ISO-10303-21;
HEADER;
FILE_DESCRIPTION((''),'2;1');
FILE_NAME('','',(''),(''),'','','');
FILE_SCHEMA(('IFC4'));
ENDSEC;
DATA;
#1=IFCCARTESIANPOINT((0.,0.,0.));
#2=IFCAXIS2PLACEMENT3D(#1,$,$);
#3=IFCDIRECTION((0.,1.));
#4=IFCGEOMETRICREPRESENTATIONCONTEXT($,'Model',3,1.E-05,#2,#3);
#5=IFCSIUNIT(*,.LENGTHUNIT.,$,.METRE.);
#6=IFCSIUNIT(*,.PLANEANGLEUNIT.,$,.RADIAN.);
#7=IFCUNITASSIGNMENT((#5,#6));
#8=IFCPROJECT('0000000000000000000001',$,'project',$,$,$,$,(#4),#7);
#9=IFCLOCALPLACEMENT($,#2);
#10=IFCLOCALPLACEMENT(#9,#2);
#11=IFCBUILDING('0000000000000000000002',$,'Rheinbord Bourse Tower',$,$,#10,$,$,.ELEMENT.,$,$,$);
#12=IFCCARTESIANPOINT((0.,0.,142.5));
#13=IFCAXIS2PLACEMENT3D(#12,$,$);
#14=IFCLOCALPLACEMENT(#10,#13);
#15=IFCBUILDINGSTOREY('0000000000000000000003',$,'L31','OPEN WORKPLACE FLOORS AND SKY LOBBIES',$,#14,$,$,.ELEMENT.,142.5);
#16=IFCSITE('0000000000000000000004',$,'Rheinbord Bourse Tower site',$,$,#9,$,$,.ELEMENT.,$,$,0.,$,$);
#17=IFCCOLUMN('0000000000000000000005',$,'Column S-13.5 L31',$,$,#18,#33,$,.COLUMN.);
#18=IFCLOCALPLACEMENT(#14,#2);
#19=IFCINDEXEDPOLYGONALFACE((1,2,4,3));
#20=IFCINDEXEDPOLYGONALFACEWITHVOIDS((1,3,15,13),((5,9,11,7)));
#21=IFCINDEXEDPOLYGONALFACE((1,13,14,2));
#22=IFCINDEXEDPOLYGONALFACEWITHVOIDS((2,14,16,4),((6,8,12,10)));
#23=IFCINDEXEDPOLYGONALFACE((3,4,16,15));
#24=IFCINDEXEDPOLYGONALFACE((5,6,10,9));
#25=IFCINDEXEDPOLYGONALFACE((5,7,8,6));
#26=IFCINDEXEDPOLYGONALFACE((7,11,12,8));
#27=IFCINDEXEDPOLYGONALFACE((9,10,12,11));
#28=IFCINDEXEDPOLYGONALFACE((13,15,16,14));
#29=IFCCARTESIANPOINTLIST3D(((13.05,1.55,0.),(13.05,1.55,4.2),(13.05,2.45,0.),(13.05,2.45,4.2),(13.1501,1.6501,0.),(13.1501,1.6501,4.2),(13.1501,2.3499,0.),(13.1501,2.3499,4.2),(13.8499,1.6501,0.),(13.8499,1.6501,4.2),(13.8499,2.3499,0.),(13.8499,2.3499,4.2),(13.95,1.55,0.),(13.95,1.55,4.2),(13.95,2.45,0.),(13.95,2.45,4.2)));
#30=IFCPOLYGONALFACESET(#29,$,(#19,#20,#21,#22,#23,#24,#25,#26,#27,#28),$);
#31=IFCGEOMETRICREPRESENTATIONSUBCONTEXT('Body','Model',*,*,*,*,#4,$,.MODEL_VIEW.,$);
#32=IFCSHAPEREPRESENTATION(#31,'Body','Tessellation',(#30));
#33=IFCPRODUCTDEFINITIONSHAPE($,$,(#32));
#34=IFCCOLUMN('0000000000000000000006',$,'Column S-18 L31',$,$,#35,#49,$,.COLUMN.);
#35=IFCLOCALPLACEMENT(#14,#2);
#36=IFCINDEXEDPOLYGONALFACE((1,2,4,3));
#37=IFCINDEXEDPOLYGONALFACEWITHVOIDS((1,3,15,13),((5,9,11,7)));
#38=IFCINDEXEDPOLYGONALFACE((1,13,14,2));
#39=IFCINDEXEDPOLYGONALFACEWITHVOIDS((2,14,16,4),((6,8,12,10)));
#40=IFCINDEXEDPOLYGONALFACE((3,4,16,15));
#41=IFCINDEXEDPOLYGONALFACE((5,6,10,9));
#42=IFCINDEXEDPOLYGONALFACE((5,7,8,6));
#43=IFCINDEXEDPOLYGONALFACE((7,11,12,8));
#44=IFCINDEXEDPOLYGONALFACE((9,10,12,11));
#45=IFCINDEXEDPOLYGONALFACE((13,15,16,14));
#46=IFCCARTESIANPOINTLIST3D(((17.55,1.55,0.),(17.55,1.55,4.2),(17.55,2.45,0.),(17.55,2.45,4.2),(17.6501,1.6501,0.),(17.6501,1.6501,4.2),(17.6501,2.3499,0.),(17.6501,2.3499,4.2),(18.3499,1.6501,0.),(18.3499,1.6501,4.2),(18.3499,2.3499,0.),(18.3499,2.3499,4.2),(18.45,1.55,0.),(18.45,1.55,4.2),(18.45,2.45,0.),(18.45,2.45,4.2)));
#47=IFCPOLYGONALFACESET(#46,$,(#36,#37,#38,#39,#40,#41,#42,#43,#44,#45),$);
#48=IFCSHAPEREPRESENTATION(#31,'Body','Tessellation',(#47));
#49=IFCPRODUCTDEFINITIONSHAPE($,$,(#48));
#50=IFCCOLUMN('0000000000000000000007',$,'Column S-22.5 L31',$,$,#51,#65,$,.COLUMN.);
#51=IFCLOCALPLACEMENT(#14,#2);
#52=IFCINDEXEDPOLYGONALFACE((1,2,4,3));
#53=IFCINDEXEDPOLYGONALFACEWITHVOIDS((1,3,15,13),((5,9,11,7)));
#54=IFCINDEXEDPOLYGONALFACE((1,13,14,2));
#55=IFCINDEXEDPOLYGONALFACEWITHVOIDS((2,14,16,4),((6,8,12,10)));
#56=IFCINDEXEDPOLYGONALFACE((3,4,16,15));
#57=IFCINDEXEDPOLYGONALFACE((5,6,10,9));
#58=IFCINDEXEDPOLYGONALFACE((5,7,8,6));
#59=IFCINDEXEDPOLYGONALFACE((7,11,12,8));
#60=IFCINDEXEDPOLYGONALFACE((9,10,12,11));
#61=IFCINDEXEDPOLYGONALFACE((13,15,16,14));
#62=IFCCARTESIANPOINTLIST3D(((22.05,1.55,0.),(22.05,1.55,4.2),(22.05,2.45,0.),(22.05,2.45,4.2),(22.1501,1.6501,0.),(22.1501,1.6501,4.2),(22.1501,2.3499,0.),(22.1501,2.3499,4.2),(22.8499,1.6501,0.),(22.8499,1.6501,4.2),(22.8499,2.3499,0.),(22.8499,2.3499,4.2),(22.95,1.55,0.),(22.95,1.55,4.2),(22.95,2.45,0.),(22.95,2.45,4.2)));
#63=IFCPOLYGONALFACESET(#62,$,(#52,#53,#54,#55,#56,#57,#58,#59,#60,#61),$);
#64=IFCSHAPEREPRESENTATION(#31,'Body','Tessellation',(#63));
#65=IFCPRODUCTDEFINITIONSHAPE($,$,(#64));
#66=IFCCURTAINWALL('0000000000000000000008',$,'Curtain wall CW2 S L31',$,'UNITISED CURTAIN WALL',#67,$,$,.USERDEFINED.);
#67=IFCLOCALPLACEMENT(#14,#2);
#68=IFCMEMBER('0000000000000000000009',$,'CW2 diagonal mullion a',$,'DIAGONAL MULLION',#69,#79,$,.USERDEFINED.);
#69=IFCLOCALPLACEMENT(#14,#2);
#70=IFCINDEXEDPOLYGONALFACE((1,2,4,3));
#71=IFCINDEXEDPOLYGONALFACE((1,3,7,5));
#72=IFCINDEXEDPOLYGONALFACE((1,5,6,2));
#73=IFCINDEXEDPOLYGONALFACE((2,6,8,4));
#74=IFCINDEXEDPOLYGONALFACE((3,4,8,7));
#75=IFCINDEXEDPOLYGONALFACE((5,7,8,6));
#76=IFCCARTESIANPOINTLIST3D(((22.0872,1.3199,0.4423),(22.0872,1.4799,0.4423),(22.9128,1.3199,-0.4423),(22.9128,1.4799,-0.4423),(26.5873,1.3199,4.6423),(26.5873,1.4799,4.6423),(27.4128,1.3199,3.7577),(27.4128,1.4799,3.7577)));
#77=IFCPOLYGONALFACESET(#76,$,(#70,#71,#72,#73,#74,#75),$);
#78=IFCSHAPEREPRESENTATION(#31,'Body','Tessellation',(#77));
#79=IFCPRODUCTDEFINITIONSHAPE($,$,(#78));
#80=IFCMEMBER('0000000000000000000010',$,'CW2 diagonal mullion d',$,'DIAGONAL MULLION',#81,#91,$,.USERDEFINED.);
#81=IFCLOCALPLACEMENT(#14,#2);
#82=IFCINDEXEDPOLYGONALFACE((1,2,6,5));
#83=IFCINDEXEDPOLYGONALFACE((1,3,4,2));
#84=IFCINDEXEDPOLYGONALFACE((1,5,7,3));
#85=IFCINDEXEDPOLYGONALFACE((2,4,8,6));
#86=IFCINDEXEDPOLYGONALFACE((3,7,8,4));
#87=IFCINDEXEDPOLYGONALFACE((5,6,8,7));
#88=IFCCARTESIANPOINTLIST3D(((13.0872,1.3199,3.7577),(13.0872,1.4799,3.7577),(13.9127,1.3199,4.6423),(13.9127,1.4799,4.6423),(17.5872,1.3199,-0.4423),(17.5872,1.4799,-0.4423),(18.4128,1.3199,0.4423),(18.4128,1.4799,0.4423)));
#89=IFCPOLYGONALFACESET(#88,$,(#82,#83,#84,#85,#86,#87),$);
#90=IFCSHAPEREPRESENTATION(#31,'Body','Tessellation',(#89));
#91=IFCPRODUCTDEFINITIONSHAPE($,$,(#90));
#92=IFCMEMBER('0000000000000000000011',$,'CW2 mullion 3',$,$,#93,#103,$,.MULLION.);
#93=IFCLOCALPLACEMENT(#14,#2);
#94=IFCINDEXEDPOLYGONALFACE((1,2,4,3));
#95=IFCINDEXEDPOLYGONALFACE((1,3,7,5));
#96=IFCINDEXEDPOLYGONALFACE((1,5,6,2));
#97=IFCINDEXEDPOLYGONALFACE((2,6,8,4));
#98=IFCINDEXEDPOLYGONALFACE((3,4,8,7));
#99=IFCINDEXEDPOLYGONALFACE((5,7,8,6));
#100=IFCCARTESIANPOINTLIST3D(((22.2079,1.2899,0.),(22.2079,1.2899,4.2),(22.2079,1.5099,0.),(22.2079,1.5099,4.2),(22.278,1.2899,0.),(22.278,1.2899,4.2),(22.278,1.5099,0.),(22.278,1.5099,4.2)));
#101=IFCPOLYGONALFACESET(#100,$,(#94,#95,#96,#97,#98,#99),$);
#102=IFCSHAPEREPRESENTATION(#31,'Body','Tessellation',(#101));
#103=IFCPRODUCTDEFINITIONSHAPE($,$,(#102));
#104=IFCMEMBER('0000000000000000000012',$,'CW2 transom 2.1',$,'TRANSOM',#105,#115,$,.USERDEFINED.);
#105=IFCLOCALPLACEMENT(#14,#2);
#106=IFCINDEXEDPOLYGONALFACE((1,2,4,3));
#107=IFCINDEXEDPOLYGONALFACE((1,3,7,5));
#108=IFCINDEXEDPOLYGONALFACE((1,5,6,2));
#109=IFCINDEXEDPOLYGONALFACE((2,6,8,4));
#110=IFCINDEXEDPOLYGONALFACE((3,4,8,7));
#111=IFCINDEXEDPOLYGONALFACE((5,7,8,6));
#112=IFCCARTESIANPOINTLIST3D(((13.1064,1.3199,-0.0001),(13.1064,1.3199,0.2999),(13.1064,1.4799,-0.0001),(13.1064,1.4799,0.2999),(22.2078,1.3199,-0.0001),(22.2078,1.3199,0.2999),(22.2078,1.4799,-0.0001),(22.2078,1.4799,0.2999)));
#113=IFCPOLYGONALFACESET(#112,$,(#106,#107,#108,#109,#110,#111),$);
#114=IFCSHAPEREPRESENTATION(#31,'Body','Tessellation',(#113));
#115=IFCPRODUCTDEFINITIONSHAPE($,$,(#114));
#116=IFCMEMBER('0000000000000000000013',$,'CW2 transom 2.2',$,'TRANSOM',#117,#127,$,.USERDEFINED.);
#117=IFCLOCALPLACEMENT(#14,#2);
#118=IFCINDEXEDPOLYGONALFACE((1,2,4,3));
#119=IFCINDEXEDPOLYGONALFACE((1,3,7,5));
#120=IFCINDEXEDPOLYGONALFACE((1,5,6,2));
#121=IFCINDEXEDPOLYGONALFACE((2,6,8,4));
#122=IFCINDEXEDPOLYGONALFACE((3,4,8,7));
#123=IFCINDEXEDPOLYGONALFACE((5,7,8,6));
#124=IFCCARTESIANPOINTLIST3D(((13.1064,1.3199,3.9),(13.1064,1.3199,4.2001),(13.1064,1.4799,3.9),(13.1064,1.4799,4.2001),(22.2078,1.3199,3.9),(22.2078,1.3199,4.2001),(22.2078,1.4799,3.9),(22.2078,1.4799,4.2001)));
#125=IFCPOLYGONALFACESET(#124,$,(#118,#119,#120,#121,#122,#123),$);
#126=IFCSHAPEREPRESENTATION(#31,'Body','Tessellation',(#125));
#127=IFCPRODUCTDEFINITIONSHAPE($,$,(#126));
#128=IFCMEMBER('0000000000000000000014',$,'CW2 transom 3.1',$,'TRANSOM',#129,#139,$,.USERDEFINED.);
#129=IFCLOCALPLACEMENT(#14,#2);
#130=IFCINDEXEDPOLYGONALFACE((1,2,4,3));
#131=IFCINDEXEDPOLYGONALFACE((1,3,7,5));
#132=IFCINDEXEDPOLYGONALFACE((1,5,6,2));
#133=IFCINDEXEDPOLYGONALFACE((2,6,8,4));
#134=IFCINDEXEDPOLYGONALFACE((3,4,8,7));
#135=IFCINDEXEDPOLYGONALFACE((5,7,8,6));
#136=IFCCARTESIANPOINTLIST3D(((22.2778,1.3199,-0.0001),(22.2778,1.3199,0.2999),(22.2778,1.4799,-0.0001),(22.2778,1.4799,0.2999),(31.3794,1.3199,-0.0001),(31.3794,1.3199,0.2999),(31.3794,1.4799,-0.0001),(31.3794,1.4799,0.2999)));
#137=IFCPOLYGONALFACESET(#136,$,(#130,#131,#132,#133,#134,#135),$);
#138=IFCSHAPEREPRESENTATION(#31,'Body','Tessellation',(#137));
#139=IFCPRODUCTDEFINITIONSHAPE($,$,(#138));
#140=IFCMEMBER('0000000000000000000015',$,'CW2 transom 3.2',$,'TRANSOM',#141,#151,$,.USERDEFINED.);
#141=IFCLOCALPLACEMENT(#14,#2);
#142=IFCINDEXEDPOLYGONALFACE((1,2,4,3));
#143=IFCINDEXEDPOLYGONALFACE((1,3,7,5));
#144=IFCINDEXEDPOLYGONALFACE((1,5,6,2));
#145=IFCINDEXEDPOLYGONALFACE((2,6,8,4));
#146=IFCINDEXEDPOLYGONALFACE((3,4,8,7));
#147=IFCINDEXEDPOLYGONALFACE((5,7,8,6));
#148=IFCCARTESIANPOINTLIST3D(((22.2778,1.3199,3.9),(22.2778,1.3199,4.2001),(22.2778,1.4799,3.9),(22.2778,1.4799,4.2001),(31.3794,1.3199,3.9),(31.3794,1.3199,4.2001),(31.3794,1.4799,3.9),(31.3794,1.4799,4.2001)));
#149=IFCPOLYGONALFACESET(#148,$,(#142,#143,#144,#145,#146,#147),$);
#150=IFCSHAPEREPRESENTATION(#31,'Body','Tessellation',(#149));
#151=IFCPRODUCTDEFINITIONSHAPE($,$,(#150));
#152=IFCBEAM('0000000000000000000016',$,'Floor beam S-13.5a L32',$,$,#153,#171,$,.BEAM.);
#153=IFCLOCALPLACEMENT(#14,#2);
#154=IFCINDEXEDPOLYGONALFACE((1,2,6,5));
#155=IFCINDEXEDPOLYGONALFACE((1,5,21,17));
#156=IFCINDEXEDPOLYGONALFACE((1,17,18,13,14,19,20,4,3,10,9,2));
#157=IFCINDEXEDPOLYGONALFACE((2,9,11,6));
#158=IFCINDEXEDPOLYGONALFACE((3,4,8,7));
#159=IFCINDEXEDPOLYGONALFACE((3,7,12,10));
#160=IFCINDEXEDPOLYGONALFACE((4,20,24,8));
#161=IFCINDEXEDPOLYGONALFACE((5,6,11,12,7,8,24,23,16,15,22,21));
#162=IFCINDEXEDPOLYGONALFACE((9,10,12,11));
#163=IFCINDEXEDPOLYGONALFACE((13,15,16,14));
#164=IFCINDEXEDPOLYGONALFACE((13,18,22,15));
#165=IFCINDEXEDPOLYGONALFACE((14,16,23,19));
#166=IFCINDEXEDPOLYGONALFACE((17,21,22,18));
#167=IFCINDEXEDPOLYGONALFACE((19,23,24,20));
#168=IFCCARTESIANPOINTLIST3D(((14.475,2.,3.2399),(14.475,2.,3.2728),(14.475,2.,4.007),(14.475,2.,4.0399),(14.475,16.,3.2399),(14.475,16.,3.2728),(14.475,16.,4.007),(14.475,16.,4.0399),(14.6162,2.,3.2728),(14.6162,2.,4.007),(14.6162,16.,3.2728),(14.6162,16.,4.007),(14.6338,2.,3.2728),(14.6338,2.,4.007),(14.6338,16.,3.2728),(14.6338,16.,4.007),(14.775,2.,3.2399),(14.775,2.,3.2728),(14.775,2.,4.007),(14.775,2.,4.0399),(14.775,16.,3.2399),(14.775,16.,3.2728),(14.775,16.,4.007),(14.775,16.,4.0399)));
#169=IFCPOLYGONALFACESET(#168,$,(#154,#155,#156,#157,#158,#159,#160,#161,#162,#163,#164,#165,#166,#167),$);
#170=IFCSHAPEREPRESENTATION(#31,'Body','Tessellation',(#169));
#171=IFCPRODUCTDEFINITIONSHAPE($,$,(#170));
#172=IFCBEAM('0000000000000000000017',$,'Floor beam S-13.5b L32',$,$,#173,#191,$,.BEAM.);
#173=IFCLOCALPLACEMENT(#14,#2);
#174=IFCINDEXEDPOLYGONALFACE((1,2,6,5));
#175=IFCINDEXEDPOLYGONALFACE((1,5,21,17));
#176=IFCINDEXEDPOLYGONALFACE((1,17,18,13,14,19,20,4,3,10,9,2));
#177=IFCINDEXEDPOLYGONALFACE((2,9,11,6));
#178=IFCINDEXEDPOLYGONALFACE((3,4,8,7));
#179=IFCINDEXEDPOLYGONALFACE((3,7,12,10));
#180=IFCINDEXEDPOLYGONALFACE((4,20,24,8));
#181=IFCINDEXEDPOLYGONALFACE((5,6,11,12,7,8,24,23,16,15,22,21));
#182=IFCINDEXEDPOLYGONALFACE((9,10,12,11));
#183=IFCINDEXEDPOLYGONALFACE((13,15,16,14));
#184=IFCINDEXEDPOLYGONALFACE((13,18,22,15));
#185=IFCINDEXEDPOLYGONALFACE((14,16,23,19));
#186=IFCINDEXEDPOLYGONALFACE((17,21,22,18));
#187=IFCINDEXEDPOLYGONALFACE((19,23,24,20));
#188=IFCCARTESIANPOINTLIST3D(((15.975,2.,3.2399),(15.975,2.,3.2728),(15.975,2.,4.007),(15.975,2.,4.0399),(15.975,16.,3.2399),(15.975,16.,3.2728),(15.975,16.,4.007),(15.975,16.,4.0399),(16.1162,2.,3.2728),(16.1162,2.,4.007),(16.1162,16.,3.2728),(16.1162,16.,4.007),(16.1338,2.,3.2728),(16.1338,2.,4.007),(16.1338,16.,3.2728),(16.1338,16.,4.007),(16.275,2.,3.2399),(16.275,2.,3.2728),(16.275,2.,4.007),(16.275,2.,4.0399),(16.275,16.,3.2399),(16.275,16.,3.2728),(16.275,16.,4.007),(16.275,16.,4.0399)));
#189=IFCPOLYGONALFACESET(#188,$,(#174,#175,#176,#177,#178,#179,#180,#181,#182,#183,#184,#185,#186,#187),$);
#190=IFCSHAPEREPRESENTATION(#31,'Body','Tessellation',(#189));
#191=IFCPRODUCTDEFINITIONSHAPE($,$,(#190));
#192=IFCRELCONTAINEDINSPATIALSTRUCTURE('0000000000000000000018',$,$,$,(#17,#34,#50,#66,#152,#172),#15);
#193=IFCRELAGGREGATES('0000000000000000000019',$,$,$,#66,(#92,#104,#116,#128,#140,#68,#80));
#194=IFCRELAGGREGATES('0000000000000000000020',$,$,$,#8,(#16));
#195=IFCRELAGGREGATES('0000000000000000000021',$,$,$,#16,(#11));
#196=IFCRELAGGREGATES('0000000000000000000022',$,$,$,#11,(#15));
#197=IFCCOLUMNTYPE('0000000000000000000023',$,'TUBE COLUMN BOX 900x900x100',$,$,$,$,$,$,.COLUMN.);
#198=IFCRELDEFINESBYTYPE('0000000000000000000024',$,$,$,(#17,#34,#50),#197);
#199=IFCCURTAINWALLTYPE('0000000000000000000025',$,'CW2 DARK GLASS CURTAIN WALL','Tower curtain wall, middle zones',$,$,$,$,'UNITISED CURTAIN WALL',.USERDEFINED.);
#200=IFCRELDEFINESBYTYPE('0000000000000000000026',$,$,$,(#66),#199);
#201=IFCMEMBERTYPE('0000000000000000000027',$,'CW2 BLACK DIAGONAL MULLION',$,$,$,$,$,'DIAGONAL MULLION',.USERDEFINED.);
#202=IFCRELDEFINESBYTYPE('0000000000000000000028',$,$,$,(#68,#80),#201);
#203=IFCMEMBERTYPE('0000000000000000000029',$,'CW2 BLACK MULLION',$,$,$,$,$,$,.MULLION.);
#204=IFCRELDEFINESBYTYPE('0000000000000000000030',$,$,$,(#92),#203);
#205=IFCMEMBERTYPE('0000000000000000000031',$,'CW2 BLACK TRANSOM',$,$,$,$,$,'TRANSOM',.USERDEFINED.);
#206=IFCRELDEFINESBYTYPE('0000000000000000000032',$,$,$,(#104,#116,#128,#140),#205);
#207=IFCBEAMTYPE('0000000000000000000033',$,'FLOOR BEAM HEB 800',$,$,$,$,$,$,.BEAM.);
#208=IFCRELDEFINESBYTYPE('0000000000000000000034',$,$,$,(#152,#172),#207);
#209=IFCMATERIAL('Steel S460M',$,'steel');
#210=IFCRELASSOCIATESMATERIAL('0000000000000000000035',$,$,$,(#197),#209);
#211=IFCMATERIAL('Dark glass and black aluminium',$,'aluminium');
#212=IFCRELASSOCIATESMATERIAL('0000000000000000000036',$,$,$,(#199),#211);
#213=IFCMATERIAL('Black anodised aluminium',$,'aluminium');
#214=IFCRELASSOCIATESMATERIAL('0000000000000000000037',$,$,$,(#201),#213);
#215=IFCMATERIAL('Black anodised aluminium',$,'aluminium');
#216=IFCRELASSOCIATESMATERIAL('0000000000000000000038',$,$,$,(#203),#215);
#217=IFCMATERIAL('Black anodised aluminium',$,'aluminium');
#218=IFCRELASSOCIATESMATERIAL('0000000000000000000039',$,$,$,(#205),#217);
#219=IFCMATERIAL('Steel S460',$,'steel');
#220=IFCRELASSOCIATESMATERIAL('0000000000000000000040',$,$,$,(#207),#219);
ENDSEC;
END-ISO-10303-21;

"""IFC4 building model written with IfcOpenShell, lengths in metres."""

from ifc_helpers import new_model, si_unit, direction, frame, origin, origin_2d, place, context, subcontext, project, spatial, rectangle, hollow_rectangle, i_section, extrude, material, material_profile, profile_set, type_object, element, aggregate, save


model = new_model("IFC4")

# Units and contexts
model_context = context("Model", 3, precision=1e-05, world=origin(), true_north=direction((0.0, 1.0)))
body_context = subcontext(model_context, "Body", "Model", "MODEL_VIEW")
ifc_project = project(units=[si_unit("LENGTHUNIT", "METRE"), si_unit("PLANEANGLEUNIT", "RADIAN")], contexts=[model_context])

# Site, building, storey
site_placement = place(None, origin())
site = spatial("IfcSite", under=ifc_project, at=site_placement, Name="Rheinbord Bourse Tower site", CompositionType="ELEMENT", RefElevation=0.0)
building_placement = place(site_placement, origin())
building = spatial("IfcBuilding", under=site, at=building_placement, Name="Rheinbord Bourse Tower", CompositionType="ELEMENT")
storey_placement = place(building_placement, frame((0.0, 0.0, 142.5)))
storey = spatial("IfcBuildingStorey", under=building, at=storey_placement, Name="L31", Description="OPEN WORKPLACE FLOORS AND SKY LOBBIES", CompositionType="ELEMENT", Elevation=142.5)

# Columns
ifc_material_1 = material(Name="Steel S460M", Category="steel")
ifc_material_profile_1 = material_profile(ifc_material_1, hollow_rectangle(XDim=0.8999, YDim=0.8999, WallThickness=0.1001, at=origin_2d()), Name="BOX 900x900x100")
ifc_profile_set_1 = profile_set([ifc_material_profile_1], Name="Steel S460M")
column_type = type_object("IfcColumnType", Name="TUBE COLUMN BOX 900x900x100", PredefinedType="COLUMN", material=ifc_profile_set_1)
for number, where, z_axis, x_axis, name in (
    (1, (13.5, 2.0, 0.0), (0.0, 0.0, 1.0), (0.0, 1.0, 0.0), "Column S-13.5 L31"),
    (2, (18.0, 2.0, 0.0), (0.0, 0.0, 1.0), (0.0, 1.0, 0.0), "Column S-18 L31"),
    (3, (22.5, 2.0, 0.0), (0.0, 0.0, 1.0), (0.0, 1.0, 0.0), "Column S-22.5 L31"),
):
    element("IfcColumn", number, at=place(storey_placement, frame(where, z_axis=z_axis, x_axis=x_axis)), inside=storey, type_object=column_type, Name=name, PredefinedType="COLUMN", context=body_context, shape_type="SweptSolid", body=[
        extrude(hollow_rectangle(XDim=0.8999, YDim=0.8999, WallThickness=0.1001, at=origin_2d()), origin(), (0.0, 0.0, 1.0), 4.2),
    ])

# Curtain wall, members
ifc_material_2 = material(Name="Dark glass and black aluminium", Category="aluminium")
curtain_wall_type = type_object("IfcCurtainWallType", Name="CW2 DARK GLASS CURTAIN WALL", Description="Tower curtain wall, middle zones", ElementType="UNITISED CURTAIN WALL", PredefinedType="USERDEFINED", material=ifc_material_2)
curtain_wall_placement = place(storey_placement, origin())
curtain_wall = element("IfcCurtainWall", 4, at=curtain_wall_placement, inside=storey, type_object=curtain_wall_type, Name="Curtain wall CW2 S L31", ObjectType="UNITISED CURTAIN WALL", PredefinedType="USERDEFINED")
ifc_material_3 = material(Name="Black anodised aluminium", Category="aluminium")
ifc_material_profile_2 = material_profile(ifc_material_3, rectangle(XDim=0.1599, YDim=1.21, at=origin_2d()), Name="CW2 DIAGONAL MULLION 1210x160")
ifc_profile_set_2 = profile_set([ifc_material_profile_2], Name="Black anodised aluminium")
member_type_1 = type_object("IfcMemberType", Name="CW2 BLACK DIAGONAL MULLION", ElementType="DIAGONAL MULLION", PredefinedType="USERDEFINED", material=ifc_profile_set_2)
member_1_placement = place(storey_placement, frame((22.5, 1.3999, 0.0), z_axis=(0.731059, 0.0, 0.682314), x_axis=(0.0, 1.0, 0.0)))
member_1 = element("IfcMember", 5, at=member_1_placement, type_object=member_type_1, Name="CW2 diagonal mullion a", ObjectType="DIAGONAL MULLION", PredefinedType="USERDEFINED", context=body_context, shape_type="SweptSolid", body=[
    extrude(rectangle(XDim=0.1599, YDim=1.21, at=origin_2d()), origin(), (0.0, 0.0, 1.0), 6.1555),
])
member_2_placement = place(storey_placement, frame((18.0, 1.3999, 0.0), z_axis=(-0.731059, 0.0, 0.682314), x_axis=(0.0, -1.0, 0.0)))
member_2 = element("IfcMember", 6, at=member_2_placement, type_object=member_type_1, Name="CW2 diagonal mullion d", ObjectType="DIAGONAL MULLION", PredefinedType="USERDEFINED", context=body_context, shape_type="SweptSolid", body=[
    extrude(rectangle(XDim=0.1599, YDim=1.21, at=origin_2d()), origin(), (0.0, 0.0, 1.0), 6.1555),
])
ifc_material_4 = material(Name="Black anodised aluminium", Category="aluminium")
ifc_material_profile_3 = material_profile(ifc_material_4, rectangle(XDim=0.22, YDim=0.0701, at=origin_2d()), Name="CW2 MULLION 70x220")
ifc_profile_set_3 = profile_set([ifc_material_profile_3], Name="Black anodised aluminium")
member_type_2 = type_object("IfcMemberType", Name="CW2 BLACK MULLION", PredefinedType="MULLION", material=ifc_profile_set_3)
member_3_placement = place(storey_placement, frame((22.2429, 1.3999, 0.0), z_axis=(0.0, 0.0, 1.0), x_axis=(0.0, 1.0, 0.0)))
member_3 = element("IfcMember", 7, at=member_3_placement, type_object=member_type_2, Name="CW2 mullion 3", PredefinedType="MULLION", context=body_context, shape_type="SweptSolid", body=[
    extrude(rectangle(XDim=0.22, YDim=0.0701, at=origin_2d()), origin(), (0.0, 0.0, 1.0), 4.2),
])
ifc_material_5 = material(Name="Black anodised aluminium", Category="aluminium")
ifc_material_profile_4 = material_profile(ifc_material_5, rectangle(XDim=0.1599, YDim=0.3, at=origin_2d()), Name="CW2 TRANSOM 300x160")
ifc_profile_set_4 = profile_set([ifc_material_profile_4], Name="Black anodised aluminium")
member_type_3 = type_object("IfcMemberType", Name="CW2 BLACK TRANSOM", ElementType="TRANSOM", PredefinedType="USERDEFINED", material=ifc_profile_set_4)
member_4_placement = place(storey_placement, frame((13.1064, 1.3999, 0.1499), z_axis=(1.0, 0.0, 0.0), x_axis=(0.0, 1.0, 0.0)))
member_4 = element("IfcMember", 8, at=member_4_placement, type_object=member_type_3, Name="CW2 transom 2.1", ObjectType="TRANSOM", PredefinedType="USERDEFINED", context=body_context, shape_type="SweptSolid", body=[
    extrude(rectangle(XDim=0.1599, YDim=0.3, at=origin_2d()), origin(), (0.0, 0.0, 1.0), 9.1013),
])
member_5_placement = place(storey_placement, frame((13.1064, 1.3999, 4.05), z_axis=(1.0, 0.0, 0.0), x_axis=(0.0, 1.0, 0.0)))
member_5 = element("IfcMember", 9, at=member_5_placement, type_object=member_type_3, Name="CW2 transom 2.2", ObjectType="TRANSOM", PredefinedType="USERDEFINED", context=body_context, shape_type="SweptSolid", body=[
    extrude(rectangle(XDim=0.1599, YDim=0.3, at=origin_2d()), origin(), (0.0, 0.0, 1.0), 9.1013),
])
member_6_placement = place(storey_placement, frame((22.2778, 1.3999, 0.1499), z_axis=(1.0, 0.0, 0.0), x_axis=(0.0, 1.0, 0.0)))
member_6 = element("IfcMember", 10, at=member_6_placement, type_object=member_type_3, Name="CW2 transom 3.1", ObjectType="TRANSOM", PredefinedType="USERDEFINED", context=body_context, shape_type="SweptSolid", body=[
    extrude(rectangle(XDim=0.1599, YDim=0.3, at=origin_2d()), origin(), (0.0, 0.0, 1.0), 9.1016),
])
member_7_placement = place(storey_placement, frame((22.2778, 1.3999, 4.05), z_axis=(1.0, 0.0, 0.0), x_axis=(0.0, 1.0, 0.0)))
member_7 = element("IfcMember", 11, at=member_7_placement, type_object=member_type_3, Name="CW2 transom 3.2", ObjectType="TRANSOM", PredefinedType="USERDEFINED", context=body_context, shape_type="SweptSolid", body=[
    extrude(rectangle(XDim=0.1599, YDim=0.3, at=origin_2d()), origin(), (0.0, 0.0, 1.0), 9.1016),
])

# Beams
ifc_material_6 = material(Name="Steel S460", Category="steel")
ifc_material_profile_5 = material_profile(ifc_material_6, i_section(OverallWidth=0.3, OverallDepth=0.8, WebThickness=0.0176, FlangeThickness=0.033, at=origin_2d()), Name="HEB 800")
ifc_profile_set_5 = profile_set([ifc_material_profile_5], Name="Steel S460")
beam_type_1 = type_object("IfcBeamType", Name="FLOOR BEAM HEB 800", PredefinedType="BEAM", material=ifc_profile_set_5)
for number, where, z_axis, x_axis, name in (
    (12, (14.625, 2.0, 3.6399), (0.0, 1.0, 0.0), (-1.0, 0.0, 0.0), "Floor beam S-13.5a L32"),
    (13, (16.125, 2.0, 3.6399), (0.0, 1.0, 0.0), (-1.0, 0.0, 0.0), "Floor beam S-13.5b L32"),
):
    element("IfcBeam", number, at=place(storey_placement, frame(where, z_axis=z_axis, x_axis=x_axis)), inside=storey, type_object=beam_type_1, Name=name, PredefinedType="BEAM", context=body_context, shape_type="SweptSolid", body=[
        extrude(i_section(OverallWidth=0.3, OverallDepth=0.8, WebThickness=0.0176, FlangeThickness=0.033, at=origin_2d()), origin(), (0.0, 0.0, 1.0), 14.0),
    ])

aggregate(curtain_wall, [member_3, member_4, member_5, member_6, member_7, member_1, member_2])

save(model, "model.ifc")
